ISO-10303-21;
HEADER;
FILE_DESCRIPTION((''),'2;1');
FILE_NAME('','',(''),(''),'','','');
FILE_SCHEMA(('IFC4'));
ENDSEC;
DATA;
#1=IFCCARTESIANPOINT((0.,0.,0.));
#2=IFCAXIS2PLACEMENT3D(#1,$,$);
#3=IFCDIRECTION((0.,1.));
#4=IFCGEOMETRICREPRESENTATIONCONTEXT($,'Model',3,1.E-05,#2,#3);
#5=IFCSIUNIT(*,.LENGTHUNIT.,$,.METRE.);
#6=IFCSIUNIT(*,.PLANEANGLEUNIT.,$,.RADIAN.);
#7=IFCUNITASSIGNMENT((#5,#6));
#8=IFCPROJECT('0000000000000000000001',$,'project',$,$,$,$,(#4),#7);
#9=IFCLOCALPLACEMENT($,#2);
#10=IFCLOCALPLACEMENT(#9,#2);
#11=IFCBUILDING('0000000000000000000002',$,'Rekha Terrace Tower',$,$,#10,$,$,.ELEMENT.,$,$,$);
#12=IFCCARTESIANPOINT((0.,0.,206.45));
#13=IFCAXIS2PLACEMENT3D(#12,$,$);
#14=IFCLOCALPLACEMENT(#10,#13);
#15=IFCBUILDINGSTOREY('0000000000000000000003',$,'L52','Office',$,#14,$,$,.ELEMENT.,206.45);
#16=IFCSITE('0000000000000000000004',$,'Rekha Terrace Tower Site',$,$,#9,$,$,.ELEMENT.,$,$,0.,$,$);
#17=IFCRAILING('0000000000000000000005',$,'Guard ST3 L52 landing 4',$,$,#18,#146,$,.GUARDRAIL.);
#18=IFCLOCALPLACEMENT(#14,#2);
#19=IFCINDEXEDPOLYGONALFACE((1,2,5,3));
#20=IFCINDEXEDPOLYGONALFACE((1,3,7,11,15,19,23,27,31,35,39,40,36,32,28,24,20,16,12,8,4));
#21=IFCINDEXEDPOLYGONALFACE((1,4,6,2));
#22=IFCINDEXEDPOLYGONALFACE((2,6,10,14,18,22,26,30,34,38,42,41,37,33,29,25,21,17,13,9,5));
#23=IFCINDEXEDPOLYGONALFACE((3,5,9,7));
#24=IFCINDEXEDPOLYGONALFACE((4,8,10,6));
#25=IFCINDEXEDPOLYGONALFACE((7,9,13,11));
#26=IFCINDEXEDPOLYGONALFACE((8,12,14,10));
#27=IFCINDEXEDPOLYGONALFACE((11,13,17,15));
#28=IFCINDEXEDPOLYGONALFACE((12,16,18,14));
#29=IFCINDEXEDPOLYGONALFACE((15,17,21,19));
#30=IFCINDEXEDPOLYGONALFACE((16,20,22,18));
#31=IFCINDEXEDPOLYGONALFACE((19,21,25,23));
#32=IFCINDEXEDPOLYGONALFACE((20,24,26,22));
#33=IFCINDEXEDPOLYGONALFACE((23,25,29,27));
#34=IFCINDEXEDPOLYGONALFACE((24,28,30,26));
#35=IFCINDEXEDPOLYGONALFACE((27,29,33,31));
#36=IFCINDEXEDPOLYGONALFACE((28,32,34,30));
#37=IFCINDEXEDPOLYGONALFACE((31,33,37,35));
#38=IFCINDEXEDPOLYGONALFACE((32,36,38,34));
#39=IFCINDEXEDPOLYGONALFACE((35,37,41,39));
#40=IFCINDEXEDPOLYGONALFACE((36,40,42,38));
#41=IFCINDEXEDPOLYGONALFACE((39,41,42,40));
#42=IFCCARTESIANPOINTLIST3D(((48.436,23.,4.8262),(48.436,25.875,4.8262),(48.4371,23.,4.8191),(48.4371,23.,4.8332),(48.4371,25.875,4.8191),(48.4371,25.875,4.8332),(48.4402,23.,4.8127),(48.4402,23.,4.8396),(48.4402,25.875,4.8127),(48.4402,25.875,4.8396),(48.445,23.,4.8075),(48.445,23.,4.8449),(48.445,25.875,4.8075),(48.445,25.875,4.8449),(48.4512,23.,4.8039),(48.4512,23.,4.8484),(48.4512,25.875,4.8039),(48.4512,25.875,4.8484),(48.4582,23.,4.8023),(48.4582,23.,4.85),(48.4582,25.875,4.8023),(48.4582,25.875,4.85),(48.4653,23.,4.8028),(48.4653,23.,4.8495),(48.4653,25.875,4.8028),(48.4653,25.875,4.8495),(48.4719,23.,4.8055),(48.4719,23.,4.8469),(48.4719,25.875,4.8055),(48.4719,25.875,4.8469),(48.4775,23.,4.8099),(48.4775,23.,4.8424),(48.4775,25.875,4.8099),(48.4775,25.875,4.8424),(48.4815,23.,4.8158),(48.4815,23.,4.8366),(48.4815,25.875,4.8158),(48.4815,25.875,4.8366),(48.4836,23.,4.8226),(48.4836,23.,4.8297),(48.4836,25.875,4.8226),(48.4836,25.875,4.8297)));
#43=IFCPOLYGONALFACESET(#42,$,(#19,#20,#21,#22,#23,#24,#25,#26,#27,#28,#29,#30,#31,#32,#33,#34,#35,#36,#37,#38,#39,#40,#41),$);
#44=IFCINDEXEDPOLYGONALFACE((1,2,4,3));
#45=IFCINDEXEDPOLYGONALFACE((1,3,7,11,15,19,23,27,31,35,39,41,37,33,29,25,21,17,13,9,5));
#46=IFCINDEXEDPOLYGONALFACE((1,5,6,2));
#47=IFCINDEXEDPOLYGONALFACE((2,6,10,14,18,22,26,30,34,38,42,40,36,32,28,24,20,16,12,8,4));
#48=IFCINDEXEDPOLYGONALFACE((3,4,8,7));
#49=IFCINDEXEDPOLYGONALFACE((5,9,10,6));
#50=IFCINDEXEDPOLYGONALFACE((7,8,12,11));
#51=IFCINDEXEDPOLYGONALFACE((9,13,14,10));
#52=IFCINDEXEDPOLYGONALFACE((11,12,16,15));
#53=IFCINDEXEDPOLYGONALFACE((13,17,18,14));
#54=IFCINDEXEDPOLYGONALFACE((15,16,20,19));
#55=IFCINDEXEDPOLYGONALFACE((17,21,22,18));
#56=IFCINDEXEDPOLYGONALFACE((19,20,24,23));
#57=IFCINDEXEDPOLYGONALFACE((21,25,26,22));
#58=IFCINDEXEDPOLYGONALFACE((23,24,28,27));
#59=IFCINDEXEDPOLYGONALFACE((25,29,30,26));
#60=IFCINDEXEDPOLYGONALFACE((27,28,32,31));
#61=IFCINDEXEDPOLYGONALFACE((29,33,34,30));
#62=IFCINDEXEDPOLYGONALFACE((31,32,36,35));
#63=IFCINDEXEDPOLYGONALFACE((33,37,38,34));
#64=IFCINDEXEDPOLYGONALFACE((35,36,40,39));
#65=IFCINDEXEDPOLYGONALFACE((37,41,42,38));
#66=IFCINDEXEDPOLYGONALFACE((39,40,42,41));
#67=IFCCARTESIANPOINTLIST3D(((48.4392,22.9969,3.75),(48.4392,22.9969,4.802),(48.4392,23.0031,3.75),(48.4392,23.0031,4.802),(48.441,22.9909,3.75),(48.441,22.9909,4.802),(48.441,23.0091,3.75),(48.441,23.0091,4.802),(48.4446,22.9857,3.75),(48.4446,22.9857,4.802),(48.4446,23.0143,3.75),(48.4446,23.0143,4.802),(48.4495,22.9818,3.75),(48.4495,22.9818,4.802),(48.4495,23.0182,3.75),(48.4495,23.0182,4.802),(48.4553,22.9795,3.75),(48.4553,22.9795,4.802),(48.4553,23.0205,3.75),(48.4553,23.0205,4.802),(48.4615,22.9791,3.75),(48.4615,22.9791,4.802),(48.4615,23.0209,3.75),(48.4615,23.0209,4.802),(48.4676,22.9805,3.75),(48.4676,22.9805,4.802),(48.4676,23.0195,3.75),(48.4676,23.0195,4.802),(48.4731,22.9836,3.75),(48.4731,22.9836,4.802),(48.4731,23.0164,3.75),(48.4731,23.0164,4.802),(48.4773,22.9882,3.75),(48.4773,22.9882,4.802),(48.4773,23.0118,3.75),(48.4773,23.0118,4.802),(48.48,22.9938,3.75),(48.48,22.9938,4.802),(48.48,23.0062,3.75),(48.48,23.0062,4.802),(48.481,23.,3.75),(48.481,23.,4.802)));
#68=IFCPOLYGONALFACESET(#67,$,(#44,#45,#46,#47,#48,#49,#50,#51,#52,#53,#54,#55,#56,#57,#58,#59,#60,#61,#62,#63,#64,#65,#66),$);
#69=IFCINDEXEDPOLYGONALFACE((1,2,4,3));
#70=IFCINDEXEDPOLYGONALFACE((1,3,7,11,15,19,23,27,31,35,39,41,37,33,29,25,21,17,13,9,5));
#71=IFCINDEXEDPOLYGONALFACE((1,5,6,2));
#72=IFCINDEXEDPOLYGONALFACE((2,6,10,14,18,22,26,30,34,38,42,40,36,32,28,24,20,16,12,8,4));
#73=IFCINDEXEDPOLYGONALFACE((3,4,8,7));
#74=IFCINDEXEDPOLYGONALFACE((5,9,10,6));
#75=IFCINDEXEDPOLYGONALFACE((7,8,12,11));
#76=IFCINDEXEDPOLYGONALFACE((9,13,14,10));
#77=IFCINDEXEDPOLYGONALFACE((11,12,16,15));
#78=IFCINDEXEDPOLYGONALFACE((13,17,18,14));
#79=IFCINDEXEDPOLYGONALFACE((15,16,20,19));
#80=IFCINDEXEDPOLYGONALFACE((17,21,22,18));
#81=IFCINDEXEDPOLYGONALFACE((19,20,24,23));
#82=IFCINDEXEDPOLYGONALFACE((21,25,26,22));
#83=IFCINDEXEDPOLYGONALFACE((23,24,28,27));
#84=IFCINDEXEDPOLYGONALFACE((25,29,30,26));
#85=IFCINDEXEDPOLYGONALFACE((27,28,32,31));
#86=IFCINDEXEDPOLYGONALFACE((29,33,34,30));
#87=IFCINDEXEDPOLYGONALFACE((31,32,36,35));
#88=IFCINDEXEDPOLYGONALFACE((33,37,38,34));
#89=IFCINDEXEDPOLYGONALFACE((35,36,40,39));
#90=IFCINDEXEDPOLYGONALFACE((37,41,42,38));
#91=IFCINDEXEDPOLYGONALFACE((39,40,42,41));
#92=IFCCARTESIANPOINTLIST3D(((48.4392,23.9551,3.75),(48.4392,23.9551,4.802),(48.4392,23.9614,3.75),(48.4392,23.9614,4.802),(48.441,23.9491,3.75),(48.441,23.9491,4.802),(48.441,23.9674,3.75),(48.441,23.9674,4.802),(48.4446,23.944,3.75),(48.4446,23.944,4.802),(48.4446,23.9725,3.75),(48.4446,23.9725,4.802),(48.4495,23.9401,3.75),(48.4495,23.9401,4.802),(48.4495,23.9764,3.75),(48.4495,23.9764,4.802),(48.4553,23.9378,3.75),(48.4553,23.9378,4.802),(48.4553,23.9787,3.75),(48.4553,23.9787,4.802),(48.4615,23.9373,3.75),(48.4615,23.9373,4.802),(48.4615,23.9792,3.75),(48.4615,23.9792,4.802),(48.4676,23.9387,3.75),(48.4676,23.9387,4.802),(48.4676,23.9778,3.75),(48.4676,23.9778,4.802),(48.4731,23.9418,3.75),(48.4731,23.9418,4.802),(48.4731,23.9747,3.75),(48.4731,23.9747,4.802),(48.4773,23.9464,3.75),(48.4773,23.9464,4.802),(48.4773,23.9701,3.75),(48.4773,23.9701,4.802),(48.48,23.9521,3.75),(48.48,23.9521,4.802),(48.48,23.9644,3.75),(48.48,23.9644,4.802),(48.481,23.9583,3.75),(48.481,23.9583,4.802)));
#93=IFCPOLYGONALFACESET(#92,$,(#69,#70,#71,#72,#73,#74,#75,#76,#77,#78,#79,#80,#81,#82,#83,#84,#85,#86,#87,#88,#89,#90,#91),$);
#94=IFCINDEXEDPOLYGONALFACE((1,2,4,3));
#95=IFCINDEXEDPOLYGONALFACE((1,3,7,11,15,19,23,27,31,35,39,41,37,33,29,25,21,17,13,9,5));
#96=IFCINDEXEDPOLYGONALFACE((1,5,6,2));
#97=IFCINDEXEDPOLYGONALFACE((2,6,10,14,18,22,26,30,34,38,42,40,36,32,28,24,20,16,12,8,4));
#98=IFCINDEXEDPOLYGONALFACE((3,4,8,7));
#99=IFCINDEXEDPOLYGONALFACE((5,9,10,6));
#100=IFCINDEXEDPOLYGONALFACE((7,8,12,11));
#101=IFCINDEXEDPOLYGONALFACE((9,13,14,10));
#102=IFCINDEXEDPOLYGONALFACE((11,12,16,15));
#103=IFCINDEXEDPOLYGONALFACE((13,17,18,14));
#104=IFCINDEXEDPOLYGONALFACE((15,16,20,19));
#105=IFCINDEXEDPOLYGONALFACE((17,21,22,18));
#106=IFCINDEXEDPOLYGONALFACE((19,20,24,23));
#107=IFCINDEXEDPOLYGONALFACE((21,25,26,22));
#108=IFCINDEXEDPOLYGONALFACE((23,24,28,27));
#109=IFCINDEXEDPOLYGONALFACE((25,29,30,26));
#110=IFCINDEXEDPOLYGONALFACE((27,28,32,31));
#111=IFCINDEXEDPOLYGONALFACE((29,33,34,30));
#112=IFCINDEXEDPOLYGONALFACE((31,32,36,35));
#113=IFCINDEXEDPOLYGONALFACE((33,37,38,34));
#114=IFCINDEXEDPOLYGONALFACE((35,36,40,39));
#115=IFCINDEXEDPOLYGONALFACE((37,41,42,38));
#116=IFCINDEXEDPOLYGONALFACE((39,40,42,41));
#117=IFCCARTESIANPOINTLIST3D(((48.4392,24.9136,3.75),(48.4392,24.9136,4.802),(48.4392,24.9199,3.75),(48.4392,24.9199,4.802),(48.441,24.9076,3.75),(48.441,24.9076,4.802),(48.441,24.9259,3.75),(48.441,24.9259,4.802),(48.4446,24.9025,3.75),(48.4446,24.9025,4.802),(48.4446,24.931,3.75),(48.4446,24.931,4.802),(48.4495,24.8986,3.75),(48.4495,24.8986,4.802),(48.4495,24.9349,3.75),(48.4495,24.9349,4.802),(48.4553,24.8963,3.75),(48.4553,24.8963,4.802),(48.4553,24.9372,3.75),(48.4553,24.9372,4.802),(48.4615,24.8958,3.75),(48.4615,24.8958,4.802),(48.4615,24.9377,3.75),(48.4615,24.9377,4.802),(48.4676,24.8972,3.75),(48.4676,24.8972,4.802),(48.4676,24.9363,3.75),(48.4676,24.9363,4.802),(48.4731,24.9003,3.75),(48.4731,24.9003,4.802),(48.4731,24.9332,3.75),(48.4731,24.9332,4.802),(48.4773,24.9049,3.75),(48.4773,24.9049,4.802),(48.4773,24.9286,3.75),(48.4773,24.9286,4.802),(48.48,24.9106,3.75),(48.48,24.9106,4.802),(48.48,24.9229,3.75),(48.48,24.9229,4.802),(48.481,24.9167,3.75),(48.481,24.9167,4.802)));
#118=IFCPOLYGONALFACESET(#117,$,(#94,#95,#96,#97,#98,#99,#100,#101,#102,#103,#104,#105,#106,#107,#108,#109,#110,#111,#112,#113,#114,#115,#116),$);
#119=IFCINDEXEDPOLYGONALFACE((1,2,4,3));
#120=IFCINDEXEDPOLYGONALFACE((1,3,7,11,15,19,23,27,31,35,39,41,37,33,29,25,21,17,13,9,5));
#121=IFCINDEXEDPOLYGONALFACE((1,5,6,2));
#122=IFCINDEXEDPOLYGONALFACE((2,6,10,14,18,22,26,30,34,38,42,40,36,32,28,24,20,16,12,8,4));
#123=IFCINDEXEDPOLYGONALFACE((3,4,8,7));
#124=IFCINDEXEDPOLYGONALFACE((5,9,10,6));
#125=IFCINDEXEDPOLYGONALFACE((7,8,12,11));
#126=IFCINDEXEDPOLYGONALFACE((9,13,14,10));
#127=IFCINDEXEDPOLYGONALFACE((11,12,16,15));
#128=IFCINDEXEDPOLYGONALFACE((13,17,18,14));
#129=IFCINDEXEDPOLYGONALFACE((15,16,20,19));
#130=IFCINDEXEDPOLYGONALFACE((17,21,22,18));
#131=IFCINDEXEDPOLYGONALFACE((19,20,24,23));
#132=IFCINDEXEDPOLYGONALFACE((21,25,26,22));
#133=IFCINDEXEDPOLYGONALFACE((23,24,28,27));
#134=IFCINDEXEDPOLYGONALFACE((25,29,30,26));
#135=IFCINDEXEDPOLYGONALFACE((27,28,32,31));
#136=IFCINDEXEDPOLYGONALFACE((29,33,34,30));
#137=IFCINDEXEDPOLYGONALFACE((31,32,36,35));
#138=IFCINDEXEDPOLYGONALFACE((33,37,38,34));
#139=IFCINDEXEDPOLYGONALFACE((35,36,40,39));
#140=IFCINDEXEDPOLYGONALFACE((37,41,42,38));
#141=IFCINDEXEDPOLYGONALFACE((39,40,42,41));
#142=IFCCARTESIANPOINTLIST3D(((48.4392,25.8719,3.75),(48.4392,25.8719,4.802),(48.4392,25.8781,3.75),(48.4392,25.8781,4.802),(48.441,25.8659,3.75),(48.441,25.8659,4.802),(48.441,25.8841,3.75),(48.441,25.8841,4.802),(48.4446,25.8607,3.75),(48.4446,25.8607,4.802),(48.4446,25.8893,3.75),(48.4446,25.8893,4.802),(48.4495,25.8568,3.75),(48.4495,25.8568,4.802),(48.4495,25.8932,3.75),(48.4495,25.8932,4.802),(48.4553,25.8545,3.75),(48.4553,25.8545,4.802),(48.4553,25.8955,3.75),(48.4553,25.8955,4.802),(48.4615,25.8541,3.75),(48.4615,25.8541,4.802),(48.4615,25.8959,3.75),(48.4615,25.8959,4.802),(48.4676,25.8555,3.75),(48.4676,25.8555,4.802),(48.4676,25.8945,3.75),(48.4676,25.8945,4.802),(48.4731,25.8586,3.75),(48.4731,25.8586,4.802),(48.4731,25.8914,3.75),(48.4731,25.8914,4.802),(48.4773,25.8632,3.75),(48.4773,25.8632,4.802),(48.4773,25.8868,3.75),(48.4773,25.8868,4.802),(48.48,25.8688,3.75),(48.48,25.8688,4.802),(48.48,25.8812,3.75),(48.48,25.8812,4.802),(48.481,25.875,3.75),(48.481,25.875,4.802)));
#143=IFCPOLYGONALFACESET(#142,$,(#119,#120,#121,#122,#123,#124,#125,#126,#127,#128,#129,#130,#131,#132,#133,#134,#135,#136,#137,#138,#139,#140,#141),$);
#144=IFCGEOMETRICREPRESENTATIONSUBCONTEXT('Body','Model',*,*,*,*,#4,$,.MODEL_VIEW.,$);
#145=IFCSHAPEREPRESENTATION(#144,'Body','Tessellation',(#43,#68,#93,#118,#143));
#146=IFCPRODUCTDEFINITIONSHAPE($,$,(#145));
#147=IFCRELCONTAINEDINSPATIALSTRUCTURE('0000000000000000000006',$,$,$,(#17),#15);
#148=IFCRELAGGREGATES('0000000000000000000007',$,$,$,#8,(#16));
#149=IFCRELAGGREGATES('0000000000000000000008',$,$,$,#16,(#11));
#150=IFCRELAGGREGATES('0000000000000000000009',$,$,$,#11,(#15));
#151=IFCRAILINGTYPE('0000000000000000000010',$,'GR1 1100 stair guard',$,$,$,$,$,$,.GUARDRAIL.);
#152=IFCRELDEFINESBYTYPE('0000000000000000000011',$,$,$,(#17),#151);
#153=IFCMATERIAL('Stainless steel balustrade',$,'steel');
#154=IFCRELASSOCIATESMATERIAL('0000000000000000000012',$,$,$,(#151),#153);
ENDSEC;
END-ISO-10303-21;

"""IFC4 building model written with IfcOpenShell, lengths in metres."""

from ifc_helpers import new_model, si_unit, direction, frame, origin, origin_2d, place, context, subcontext, project, spatial, circle, extrude, material, type_object, element, save


model = new_model("IFC4")

# Units and contexts
model_context = context("Model", 3, precision=1e-05, world=origin(), true_north=direction((0.0, 1.0)))
body_context = subcontext(model_context, "Body", "Model", "MODEL_VIEW")
ifc_project = project(units=[si_unit("LENGTHUNIT", "METRE"), si_unit("PLANEANGLEUNIT", "RADIAN")], contexts=[model_context])

# Site, building, storey
site_placement = place(None, origin())
site = spatial("IfcSite", under=ifc_project, at=site_placement, Name="Rekha Terrace Tower Site", CompositionType="ELEMENT", RefElevation=0.0)
building_placement = place(site_placement, origin())
building = spatial("IfcBuilding", under=site, at=building_placement, Name="Rekha Terrace Tower", CompositionType="ELEMENT")
storey_placement = place(building_placement, frame((0.0, 0.0, 206.45)))
storey = spatial("IfcBuildingStorey", under=building, at=storey_placement, Name="L52", Description="Office", CompositionType="ELEMENT", Elevation=206.45)

# Railing
ifc_material_1 = material(Name="Stainless steel balustrade", Category="steel")
railing_type_1 = type_object("IfcRailingType", Name="GR1 1100 stair guard", PredefinedType="GUARDRAIL", material=ifc_material_1)
railing_1_placement = place(storey_placement, frame((48.46, 23.0, 3.75)))
element("IfcRailing", 1, at=railing_1_placement, inside=storey, type_object=railing_type_1, Name="Guard ST3 L52 landing 4", PredefinedType="GUARDRAIL", context=body_context, shape_type="SweptSolid", body=[
    extrude(circle(Radius=0.0239, at=origin_2d()), frame((0.0, 0.0, 1.0762), z_axis=(0.0, 1.0, 0.0), x_axis=(-1.0, 0.0, 0.0)), (0.0, 0.0, 1.0), 2.875),
    extrude(circle(Radius=0.021, at=origin_2d()), origin(), (0.0, 0.0, 1.0), 1.052),
    extrude(circle(Radius=0.021, at=origin_2d()), frame((0.0, 0.9583, 0.0)), (0.0, 0.0, 1.0), 1.052),
    extrude(circle(Radius=0.021, at=origin_2d()), frame((0.0, 1.9167, 0.0)), (0.0, 0.0, 1.0), 1.052),
    extrude(circle(Radius=0.021, at=origin_2d()), frame((0.0, 2.875, 0.0)), (0.0, 0.0, 1.0), 1.052),
])

save(model, "model.ifc")
